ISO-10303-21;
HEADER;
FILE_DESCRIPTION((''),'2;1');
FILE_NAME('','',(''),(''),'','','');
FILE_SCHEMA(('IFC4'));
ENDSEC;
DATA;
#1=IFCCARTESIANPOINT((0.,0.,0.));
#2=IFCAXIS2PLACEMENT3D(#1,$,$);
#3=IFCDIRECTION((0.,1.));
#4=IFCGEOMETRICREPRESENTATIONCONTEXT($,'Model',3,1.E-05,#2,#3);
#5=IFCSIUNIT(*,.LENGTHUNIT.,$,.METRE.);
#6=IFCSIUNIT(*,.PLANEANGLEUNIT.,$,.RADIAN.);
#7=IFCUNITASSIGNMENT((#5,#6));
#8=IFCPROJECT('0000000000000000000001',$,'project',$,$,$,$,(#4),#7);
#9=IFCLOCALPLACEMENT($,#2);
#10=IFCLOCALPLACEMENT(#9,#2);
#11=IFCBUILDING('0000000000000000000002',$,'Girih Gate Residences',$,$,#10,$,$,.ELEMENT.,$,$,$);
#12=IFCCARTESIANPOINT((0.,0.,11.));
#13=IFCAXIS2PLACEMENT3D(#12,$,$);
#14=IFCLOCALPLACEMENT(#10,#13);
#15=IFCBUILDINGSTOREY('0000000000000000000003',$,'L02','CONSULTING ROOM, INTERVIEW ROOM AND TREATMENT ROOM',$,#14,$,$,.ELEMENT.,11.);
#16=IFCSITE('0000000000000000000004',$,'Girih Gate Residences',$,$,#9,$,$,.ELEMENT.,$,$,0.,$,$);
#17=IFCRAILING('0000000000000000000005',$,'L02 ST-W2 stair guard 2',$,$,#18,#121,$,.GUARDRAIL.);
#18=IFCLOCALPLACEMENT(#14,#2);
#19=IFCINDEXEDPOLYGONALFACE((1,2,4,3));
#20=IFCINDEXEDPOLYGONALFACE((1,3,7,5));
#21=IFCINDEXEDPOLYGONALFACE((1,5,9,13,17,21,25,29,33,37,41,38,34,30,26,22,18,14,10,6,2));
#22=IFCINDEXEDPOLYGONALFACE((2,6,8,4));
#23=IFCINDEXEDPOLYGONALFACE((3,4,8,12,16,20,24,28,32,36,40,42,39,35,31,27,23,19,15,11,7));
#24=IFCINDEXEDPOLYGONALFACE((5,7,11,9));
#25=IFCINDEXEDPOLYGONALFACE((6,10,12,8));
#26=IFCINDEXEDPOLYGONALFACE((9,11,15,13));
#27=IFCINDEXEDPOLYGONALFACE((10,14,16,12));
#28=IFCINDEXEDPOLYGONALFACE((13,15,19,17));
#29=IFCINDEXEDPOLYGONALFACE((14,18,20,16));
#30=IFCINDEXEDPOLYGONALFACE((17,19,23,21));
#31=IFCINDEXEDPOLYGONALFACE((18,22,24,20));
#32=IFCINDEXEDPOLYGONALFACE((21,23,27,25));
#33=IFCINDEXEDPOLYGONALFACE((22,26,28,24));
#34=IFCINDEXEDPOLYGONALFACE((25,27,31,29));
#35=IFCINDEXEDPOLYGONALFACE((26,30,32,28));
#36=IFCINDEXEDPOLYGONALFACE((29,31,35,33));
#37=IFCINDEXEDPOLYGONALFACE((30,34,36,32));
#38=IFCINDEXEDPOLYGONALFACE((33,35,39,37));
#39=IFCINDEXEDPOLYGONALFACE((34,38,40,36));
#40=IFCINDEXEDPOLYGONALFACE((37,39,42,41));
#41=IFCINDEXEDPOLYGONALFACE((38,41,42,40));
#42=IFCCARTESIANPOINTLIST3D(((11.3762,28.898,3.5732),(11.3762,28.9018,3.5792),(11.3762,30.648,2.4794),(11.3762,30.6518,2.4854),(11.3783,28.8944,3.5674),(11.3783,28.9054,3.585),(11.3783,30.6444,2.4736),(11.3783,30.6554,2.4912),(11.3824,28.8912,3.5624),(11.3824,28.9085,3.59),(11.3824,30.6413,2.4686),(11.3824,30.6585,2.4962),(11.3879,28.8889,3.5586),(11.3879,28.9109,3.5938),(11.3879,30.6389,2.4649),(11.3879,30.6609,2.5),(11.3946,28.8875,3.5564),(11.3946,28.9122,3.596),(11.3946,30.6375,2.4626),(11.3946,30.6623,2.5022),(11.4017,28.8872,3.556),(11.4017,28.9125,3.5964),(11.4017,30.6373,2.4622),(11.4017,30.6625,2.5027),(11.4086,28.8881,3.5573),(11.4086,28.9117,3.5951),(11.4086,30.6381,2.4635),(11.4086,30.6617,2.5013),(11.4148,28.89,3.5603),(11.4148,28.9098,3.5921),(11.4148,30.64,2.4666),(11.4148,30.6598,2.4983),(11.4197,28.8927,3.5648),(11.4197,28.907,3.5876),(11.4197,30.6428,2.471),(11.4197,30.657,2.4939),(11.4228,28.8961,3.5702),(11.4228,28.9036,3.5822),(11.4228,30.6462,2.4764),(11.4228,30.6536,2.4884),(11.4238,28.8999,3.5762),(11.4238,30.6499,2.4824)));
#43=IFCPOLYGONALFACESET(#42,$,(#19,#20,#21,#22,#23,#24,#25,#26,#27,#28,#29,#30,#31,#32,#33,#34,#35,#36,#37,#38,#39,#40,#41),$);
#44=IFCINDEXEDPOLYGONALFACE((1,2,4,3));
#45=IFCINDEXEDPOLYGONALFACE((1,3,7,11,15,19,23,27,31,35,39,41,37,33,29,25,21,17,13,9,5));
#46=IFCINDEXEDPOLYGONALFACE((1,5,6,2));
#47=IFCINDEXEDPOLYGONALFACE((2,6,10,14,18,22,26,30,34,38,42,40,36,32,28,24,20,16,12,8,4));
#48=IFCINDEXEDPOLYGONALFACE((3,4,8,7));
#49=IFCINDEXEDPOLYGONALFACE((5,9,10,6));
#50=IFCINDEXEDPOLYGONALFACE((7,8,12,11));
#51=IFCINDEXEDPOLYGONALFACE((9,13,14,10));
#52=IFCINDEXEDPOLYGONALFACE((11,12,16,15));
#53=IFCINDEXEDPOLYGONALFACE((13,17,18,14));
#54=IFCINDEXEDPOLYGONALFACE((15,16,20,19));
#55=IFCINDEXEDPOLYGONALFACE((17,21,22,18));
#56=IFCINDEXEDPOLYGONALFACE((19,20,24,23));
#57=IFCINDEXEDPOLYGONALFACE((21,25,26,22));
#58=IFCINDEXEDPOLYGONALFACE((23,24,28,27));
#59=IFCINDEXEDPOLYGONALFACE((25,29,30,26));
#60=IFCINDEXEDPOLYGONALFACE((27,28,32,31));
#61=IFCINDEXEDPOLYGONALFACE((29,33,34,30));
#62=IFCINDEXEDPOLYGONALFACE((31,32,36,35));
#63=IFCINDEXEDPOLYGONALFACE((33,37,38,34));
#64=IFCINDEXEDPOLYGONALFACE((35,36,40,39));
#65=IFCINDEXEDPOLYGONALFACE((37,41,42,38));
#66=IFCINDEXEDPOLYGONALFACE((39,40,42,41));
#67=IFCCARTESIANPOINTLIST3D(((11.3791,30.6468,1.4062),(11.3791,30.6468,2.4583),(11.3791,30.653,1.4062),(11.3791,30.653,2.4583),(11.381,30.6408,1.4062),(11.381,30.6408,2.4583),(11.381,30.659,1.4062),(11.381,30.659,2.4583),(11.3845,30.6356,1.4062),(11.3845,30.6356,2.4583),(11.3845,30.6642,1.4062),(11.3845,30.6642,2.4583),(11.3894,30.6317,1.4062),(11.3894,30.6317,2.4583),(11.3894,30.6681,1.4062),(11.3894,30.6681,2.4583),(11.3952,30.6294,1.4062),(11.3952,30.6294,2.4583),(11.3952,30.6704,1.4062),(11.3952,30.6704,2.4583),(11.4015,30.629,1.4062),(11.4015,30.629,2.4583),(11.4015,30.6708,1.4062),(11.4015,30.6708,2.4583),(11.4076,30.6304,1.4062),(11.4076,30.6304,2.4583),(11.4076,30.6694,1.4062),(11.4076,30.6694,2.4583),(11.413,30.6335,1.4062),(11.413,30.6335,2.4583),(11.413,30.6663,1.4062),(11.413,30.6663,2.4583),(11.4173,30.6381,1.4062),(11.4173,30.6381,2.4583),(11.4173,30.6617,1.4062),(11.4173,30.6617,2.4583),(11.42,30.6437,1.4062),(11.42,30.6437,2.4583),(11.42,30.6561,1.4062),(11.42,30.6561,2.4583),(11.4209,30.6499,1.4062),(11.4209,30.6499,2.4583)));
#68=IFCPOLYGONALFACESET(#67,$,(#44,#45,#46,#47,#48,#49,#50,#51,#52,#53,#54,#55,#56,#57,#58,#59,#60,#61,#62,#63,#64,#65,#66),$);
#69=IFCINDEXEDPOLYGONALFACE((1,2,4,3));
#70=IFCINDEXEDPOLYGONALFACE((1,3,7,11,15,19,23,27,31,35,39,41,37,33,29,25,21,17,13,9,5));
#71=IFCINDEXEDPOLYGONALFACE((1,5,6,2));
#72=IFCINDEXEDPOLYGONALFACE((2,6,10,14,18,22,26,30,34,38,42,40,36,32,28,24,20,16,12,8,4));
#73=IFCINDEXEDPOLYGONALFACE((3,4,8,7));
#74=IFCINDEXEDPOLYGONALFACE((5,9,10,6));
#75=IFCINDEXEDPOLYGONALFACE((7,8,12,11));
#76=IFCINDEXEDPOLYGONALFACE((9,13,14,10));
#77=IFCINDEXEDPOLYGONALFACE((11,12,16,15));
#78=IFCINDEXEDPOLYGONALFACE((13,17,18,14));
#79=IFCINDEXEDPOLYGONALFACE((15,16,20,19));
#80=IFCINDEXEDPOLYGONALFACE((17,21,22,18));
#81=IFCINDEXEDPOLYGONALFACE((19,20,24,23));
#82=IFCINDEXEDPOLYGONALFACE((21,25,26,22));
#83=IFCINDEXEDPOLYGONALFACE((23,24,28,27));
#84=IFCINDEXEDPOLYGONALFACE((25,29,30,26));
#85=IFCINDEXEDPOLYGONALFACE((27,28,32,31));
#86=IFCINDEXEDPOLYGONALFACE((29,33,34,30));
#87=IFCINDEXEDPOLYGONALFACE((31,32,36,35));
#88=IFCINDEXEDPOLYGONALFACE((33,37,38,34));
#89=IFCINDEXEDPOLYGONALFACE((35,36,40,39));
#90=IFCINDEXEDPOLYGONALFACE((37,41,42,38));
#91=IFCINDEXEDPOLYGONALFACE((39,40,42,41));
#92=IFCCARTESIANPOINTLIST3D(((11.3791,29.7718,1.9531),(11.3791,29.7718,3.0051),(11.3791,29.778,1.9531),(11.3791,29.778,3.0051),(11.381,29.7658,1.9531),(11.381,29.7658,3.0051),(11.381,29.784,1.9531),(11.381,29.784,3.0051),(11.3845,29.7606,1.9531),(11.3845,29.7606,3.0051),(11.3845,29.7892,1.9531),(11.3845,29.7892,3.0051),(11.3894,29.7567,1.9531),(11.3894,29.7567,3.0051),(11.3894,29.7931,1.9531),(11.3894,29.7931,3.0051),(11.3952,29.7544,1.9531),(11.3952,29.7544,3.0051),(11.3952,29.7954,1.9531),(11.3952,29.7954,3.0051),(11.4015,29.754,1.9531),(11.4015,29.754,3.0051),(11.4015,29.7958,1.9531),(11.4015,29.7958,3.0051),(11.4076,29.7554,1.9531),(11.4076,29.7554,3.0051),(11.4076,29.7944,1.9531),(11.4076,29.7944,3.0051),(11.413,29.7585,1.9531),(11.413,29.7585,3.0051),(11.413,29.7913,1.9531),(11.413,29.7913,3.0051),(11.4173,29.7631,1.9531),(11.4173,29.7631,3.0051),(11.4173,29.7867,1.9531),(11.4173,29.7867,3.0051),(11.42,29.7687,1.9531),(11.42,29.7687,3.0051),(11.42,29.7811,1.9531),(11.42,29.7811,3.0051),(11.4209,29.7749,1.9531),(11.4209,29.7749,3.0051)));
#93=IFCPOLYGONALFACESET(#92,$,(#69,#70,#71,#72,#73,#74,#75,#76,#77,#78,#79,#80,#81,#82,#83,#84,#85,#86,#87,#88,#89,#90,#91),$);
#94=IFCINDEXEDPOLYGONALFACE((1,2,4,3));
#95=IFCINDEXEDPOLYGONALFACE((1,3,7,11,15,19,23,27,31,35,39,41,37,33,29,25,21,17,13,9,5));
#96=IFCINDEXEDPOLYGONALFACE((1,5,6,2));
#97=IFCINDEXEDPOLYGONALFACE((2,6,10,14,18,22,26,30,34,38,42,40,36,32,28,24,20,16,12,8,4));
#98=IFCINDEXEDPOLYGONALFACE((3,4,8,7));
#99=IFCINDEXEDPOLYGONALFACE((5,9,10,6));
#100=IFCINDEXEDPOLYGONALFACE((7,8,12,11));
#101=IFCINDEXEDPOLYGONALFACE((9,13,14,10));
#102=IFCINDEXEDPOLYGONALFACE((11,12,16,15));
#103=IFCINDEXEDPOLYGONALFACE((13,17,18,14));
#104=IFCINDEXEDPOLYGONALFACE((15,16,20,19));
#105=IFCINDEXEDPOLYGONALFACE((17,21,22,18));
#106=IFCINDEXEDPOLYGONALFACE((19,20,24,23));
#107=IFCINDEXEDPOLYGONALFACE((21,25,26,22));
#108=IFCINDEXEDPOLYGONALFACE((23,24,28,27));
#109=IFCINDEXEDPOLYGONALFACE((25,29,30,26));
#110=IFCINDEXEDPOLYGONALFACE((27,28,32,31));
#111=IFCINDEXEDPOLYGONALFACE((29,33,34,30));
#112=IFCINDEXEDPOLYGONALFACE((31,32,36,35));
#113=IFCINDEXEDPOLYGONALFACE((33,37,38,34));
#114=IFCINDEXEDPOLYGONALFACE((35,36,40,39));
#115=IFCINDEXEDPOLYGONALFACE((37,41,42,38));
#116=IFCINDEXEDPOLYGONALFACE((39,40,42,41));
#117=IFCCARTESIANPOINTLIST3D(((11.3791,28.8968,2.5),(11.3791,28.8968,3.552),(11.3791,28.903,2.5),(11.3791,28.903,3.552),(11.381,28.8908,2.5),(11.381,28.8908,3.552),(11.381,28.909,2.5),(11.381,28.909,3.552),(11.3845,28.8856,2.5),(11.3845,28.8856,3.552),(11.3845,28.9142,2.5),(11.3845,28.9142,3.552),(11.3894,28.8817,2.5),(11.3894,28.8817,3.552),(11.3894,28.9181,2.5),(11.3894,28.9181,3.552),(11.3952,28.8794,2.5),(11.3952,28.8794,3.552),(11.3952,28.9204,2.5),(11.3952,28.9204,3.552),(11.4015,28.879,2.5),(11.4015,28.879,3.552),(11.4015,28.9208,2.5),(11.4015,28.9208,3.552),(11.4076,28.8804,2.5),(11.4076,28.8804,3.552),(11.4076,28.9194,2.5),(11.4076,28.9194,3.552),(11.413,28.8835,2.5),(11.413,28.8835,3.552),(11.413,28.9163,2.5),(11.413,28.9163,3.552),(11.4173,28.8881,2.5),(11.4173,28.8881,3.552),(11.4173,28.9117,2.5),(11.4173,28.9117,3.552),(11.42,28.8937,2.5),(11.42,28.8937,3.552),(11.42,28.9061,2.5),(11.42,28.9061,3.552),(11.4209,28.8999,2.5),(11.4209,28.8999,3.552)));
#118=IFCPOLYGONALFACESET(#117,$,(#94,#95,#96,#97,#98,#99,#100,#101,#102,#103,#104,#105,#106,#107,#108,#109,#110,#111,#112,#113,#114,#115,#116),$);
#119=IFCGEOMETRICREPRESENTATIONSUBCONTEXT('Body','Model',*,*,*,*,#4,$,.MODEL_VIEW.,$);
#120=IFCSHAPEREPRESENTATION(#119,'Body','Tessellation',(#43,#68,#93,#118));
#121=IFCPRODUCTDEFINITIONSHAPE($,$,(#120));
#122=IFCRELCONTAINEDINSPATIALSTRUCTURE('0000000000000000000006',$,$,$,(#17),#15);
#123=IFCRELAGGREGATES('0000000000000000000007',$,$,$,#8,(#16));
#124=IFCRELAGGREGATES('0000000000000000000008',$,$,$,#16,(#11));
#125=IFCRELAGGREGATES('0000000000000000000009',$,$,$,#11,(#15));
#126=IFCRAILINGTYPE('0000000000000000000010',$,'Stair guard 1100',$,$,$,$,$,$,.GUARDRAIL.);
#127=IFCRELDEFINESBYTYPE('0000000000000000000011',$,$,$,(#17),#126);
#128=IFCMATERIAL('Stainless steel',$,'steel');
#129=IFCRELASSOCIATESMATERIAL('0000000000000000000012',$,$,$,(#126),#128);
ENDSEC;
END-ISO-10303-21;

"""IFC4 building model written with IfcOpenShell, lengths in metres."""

from ifc_helpers import new_model, si_unit, direction, frame, origin, origin_2d, place, context, subcontext, project, spatial, circle, extrude, material, type_object, element, save


model = new_model("IFC4")

# Units and contexts
model_context = context("Model", 3, precision=1e-05, world=origin(), true_north=direction((0.0, 1.0)))
body_context = subcontext(model_context, "Body", "Model", "MODEL_VIEW")
ifc_project = project(units=[si_unit("LENGTHUNIT", "METRE"), si_unit("PLANEANGLEUNIT", "RADIAN")], contexts=[model_context])

# Site, building, storey
site_placement = place(None, origin())
site = spatial("IfcSite", under=ifc_project, at=site_placement, Name="Girih Gate Residences", CompositionType="ELEMENT", RefElevation=0.0)
building_placement = place(site_placement, origin())
building = spatial("IfcBuilding", under=site, at=building_placement, Name="Girih Gate Residences", CompositionType="ELEMENT")
storey_placement = place(building_placement, frame((0.0, 0.0, 11.0)))
storey = spatial("IfcBuildingStorey", under=building, at=storey_placement, Name="L02", Description="CONSULTING ROOM, INTERVIEW ROOM AND TREATMENT ROOM", CompositionType="ELEMENT", Elevation=11.0)

# Railing
ifc_material_1 = material(Name="Stainless steel", Category="steel")
railing_type_1 = type_object("IfcRailingType", Name="Stair guard 1100", PredefinedType="GUARDRAIL", material=ifc_material_1)
railing_1_placement = place(storey_placement, frame((11.3999, 30.6499, 1.4062)))
element("IfcRailing", 1, at=railing_1_placement, inside=storey, type_object=railing_type_1, Name="L02 ST-W2 stair guard 2", PredefinedType="GUARDRAIL", context=body_context, shape_type="SweptSolid", body=[
    extrude(circle(Radius=0.0239, at=origin_2d()), frame((0.0, 0.0, 1.0762), z_axis=(0.0, -0.847998, 0.529999), x_axis=(1.0, 0.0, 0.0)), (0.0, 0.0, 1.0), 2.0637),
    extrude(circle(Radius=0.021, at=origin_2d()), origin(), (0.0, 0.0, 1.0), 1.052),
    extrude(circle(Radius=0.021, at=origin_2d()), frame((0.0, -0.875, 0.5469)), (0.0, 0.0, 1.0), 1.052),
    extrude(circle(Radius=0.021, at=origin_2d()), frame((0.0, -1.75, 1.0938)), (0.0, 0.0, 1.0), 1.052),
])

save(model, "model.ifc")
